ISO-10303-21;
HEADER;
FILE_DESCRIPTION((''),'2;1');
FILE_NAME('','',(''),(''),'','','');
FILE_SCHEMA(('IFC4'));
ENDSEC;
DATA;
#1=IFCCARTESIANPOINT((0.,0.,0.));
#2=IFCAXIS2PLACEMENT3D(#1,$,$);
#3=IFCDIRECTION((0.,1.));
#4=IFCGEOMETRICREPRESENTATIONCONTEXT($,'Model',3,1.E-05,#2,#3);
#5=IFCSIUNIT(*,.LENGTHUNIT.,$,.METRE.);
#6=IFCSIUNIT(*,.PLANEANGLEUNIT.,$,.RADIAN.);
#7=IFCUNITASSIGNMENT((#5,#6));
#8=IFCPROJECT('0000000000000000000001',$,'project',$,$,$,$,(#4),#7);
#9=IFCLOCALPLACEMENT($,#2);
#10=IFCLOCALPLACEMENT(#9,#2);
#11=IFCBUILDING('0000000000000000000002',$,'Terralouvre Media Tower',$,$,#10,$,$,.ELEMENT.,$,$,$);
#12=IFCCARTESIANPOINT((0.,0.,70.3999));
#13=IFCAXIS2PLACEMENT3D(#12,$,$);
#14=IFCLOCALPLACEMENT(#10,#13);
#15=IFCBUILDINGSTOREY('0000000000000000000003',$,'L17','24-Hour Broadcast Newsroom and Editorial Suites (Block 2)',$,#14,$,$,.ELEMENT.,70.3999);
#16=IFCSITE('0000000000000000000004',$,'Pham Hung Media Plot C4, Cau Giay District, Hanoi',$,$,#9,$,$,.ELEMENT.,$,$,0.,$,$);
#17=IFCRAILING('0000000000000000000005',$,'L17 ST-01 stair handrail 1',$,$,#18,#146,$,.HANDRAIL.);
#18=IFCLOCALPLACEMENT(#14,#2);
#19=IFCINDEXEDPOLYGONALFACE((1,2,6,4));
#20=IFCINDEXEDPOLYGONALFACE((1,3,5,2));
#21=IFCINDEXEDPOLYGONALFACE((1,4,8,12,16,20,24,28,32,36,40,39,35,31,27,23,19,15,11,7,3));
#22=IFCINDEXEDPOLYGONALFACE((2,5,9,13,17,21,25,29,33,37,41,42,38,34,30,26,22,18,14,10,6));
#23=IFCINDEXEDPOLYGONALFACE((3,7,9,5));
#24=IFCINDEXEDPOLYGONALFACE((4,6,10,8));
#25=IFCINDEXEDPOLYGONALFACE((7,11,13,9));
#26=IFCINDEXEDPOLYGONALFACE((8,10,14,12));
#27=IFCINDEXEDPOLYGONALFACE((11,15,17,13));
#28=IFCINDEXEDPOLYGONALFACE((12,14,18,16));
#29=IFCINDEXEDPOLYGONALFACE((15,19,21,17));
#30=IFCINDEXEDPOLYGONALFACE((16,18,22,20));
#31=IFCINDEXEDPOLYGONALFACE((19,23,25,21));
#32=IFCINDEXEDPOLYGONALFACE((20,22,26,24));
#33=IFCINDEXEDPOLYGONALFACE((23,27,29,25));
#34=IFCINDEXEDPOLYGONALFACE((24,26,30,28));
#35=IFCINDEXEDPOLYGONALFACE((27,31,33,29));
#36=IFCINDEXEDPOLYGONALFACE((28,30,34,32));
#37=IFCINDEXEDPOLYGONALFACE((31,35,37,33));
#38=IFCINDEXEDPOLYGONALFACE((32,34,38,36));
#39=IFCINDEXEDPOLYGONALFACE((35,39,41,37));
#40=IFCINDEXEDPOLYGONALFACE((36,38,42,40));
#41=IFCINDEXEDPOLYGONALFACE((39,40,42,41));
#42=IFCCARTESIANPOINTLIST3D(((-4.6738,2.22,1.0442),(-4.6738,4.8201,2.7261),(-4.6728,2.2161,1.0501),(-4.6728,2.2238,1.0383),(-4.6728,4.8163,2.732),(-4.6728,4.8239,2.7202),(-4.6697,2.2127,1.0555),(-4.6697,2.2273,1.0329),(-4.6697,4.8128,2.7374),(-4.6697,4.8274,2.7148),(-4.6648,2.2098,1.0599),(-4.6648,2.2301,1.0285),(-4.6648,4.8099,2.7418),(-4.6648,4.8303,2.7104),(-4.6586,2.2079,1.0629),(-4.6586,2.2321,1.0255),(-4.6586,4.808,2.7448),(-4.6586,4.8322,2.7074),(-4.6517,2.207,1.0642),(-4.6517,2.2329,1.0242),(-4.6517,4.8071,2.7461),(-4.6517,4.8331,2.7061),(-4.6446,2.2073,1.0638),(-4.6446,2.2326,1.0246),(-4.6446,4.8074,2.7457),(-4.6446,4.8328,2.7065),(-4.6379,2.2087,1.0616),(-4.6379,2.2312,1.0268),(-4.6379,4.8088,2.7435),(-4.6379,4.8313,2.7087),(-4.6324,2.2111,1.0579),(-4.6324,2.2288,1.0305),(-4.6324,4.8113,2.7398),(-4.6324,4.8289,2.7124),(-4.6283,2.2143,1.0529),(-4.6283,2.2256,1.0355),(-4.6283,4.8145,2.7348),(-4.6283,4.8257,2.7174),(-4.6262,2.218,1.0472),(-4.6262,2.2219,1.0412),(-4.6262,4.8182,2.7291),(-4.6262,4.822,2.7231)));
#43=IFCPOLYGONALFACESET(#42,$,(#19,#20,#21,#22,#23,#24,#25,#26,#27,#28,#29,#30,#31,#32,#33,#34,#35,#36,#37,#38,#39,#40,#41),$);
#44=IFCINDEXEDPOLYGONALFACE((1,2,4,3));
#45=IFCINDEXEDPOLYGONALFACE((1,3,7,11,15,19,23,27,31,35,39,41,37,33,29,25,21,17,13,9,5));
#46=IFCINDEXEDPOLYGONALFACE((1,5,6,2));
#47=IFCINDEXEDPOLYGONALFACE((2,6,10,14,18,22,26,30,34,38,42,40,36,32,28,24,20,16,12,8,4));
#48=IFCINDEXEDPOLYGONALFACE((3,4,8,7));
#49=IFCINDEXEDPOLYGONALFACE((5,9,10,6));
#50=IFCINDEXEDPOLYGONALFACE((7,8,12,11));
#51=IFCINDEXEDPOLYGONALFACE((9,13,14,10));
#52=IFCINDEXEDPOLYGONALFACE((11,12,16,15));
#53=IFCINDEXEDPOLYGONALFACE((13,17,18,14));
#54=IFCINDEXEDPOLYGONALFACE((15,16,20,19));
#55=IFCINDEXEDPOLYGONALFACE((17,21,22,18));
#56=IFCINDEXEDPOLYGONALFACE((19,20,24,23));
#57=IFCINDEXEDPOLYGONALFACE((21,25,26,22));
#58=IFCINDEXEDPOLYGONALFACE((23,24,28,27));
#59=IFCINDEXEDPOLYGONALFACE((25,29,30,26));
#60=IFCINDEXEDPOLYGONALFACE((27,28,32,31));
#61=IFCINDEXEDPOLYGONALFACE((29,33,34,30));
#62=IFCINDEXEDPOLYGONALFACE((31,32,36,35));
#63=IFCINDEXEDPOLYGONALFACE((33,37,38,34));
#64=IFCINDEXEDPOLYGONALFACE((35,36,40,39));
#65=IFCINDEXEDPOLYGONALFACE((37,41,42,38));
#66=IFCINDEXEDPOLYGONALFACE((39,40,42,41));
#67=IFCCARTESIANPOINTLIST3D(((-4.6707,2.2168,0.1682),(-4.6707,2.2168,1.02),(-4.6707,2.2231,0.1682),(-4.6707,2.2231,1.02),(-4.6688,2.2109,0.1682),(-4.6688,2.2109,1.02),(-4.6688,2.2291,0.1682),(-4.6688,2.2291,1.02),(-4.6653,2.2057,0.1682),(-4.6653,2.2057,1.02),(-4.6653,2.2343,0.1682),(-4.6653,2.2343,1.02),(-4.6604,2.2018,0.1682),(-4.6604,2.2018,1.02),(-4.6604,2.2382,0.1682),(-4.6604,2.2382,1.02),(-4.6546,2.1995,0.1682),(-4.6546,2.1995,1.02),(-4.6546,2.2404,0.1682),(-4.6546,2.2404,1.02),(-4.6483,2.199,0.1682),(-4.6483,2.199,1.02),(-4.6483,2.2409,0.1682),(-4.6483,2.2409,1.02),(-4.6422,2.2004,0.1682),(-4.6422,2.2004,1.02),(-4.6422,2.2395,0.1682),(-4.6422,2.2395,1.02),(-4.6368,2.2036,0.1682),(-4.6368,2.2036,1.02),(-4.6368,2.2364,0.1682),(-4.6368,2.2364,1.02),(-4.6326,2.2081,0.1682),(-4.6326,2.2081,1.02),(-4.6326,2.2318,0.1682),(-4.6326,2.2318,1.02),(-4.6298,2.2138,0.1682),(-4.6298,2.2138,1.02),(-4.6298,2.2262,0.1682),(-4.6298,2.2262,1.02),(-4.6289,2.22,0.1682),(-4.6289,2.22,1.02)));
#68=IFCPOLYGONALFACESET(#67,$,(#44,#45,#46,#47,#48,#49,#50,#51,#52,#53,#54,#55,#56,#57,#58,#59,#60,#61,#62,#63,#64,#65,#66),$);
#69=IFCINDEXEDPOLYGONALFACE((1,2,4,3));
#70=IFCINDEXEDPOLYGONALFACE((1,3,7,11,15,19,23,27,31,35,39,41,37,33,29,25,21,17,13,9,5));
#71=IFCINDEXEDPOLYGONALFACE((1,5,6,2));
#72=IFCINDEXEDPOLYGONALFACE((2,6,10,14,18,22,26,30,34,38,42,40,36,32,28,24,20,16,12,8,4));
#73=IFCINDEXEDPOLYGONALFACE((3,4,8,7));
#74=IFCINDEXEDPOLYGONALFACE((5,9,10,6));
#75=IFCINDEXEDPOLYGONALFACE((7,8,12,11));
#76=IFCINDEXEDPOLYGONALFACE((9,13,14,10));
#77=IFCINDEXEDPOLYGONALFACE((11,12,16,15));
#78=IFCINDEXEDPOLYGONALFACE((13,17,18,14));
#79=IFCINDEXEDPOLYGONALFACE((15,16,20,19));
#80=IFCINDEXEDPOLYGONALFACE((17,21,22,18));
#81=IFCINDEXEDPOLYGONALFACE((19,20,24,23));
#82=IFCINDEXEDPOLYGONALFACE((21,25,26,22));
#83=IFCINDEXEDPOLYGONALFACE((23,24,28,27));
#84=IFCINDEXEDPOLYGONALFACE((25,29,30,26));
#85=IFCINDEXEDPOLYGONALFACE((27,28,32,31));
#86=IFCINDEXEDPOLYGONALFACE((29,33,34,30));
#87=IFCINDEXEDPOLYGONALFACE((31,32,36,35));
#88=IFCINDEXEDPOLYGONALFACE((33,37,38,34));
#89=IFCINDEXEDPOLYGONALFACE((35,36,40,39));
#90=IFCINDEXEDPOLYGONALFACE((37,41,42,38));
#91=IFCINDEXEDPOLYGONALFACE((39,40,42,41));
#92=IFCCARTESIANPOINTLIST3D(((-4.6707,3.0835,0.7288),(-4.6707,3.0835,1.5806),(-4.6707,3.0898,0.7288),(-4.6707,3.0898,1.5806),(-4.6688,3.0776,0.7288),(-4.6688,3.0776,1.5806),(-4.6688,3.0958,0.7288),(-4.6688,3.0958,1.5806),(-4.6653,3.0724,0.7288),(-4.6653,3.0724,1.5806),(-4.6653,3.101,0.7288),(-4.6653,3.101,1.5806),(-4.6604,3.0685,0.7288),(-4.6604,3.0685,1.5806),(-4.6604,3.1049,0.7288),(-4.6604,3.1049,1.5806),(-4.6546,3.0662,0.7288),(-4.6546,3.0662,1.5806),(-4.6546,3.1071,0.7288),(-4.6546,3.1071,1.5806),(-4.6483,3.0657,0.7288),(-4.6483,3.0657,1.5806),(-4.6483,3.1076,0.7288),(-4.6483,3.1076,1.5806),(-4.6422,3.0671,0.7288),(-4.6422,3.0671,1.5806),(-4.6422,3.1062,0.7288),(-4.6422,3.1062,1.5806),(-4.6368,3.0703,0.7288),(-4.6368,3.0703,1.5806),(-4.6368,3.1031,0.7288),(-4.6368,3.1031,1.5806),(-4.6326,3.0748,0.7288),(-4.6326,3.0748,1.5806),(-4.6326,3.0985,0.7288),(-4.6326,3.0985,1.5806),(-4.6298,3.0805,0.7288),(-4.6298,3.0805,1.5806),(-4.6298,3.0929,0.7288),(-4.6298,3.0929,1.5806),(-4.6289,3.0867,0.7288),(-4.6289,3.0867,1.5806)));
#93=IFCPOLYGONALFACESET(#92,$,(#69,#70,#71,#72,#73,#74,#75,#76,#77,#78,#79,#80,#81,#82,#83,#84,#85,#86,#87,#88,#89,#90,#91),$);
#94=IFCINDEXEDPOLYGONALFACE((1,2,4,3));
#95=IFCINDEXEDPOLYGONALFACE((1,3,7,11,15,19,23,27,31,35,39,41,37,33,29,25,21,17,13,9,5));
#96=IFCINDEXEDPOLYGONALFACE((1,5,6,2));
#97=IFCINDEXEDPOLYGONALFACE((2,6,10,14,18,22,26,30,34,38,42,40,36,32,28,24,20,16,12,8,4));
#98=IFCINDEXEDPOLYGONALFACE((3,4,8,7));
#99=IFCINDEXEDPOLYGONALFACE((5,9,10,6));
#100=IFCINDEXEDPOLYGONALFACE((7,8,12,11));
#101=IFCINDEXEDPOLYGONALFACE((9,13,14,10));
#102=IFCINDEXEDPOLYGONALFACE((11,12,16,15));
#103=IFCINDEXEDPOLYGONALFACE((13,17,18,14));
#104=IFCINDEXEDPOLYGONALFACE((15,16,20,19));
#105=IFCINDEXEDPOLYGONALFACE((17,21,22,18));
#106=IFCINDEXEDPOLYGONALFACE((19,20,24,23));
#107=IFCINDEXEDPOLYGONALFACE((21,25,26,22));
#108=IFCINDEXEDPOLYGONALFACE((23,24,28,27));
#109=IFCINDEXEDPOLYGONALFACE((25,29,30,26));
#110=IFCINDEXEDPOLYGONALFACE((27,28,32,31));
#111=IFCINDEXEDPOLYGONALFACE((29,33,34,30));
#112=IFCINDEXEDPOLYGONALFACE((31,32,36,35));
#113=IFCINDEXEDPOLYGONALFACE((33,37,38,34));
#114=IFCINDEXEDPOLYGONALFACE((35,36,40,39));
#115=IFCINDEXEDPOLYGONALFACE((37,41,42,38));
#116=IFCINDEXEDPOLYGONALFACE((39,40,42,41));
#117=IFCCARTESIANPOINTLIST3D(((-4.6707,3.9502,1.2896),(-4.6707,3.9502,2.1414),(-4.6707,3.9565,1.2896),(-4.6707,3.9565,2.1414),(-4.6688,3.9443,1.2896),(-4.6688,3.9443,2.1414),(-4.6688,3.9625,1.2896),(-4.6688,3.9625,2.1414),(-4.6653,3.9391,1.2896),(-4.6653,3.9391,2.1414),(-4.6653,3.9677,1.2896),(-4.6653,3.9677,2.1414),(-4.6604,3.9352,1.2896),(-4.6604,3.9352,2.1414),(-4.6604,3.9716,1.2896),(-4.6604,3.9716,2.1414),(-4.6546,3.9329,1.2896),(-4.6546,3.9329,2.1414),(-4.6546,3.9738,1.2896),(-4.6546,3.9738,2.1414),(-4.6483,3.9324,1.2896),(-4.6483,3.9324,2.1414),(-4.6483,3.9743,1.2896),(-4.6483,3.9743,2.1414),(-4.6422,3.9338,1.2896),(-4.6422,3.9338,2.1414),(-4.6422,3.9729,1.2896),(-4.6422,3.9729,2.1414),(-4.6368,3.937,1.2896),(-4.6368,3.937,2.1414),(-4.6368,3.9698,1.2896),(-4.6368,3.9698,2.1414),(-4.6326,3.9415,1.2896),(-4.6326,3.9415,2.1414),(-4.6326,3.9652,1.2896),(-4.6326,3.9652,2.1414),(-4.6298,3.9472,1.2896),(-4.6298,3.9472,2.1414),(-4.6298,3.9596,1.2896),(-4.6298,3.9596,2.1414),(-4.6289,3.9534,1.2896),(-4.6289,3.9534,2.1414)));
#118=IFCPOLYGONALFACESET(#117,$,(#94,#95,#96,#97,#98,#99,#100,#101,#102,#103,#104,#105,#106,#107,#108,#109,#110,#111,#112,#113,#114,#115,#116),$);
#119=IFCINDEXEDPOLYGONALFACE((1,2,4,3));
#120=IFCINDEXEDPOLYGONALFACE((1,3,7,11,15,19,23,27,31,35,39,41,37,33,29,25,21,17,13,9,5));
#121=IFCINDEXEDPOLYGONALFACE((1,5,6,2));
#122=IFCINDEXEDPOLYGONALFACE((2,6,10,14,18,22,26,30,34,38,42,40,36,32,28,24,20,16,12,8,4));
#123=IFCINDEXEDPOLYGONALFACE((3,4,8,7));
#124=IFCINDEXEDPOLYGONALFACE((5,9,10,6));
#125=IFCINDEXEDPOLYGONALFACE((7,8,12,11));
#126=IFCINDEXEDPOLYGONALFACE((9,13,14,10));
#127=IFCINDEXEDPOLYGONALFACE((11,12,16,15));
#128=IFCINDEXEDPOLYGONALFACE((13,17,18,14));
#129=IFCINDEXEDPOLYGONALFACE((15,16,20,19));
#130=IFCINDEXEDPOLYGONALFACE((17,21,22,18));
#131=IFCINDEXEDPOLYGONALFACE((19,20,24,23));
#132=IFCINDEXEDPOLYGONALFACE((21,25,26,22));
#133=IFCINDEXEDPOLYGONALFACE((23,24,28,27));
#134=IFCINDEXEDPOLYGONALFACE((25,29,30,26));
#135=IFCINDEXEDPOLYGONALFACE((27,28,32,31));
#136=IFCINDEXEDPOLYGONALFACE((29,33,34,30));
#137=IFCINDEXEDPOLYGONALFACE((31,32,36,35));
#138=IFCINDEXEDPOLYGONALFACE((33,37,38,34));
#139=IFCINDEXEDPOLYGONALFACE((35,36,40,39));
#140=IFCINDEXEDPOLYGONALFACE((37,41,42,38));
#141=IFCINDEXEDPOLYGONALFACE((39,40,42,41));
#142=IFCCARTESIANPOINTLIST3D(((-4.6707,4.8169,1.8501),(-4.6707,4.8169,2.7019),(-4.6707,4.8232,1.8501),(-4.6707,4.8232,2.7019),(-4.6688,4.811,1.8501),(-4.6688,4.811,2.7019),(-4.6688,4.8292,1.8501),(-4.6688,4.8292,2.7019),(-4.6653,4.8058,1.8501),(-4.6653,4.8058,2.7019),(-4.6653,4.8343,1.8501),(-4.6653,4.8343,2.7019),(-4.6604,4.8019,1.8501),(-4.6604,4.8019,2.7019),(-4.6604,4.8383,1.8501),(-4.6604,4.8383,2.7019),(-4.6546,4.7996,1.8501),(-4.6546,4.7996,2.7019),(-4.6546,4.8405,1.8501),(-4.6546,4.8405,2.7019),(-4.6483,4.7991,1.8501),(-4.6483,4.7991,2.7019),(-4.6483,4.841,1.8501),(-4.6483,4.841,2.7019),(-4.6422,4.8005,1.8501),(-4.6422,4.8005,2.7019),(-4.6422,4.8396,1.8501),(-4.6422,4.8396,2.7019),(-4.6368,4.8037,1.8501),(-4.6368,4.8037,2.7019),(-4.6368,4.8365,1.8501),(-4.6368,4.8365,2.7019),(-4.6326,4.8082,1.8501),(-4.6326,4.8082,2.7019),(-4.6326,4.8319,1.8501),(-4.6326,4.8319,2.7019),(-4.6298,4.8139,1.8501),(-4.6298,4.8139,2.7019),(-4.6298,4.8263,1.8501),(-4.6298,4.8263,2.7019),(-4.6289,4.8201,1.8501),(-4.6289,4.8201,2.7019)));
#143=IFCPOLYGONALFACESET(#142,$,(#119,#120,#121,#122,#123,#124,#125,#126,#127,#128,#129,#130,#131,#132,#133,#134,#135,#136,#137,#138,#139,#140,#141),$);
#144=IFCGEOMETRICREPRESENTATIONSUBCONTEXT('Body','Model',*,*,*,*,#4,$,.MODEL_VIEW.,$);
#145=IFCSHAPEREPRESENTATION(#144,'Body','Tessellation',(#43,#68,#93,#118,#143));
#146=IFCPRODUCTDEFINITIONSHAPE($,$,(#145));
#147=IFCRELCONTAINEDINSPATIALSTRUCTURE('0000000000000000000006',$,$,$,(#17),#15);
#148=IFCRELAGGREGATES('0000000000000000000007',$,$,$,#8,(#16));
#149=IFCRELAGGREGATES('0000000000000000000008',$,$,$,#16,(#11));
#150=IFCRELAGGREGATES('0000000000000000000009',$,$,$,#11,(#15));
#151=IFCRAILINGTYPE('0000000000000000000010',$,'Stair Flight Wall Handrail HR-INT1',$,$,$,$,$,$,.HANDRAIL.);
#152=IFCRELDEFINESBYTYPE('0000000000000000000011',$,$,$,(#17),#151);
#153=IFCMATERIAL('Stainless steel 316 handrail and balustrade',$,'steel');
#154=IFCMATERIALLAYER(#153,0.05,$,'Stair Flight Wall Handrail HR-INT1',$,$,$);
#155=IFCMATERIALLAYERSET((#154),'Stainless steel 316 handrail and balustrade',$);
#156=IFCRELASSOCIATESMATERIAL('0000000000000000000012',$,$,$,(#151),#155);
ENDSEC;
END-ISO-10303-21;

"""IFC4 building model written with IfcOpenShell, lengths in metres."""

from ifc_helpers import new_model, si_unit, direction, frame, origin, origin_2d, place, context, subcontext, project, spatial, circle, extrude, material, layer, layer_set, type_object, element, save


model = new_model("IFC4")

# Units and contexts
model_context = context("Model", 3, precision=1e-05, world=origin(), true_north=direction((0.0, 1.0)))
body_context = subcontext(model_context, "Body", "Model", "MODEL_VIEW")
ifc_project = project(units=[si_unit("LENGTHUNIT", "METRE"), si_unit("PLANEANGLEUNIT", "RADIAN")], contexts=[model_context])

# Site, building, storey
site_placement = place(None, origin())
site = spatial("IfcSite", under=ifc_project, at=site_placement, Name="Pham Hung Media Plot C4, Cau Giay District, Hanoi", CompositionType="ELEMENT", RefElevation=0.0)
building_placement = place(site_placement, origin())
building = spatial("IfcBuilding", under=site, at=building_placement, Name="Terralouvre Media Tower", CompositionType="ELEMENT")
storey_placement = place(building_placement, frame((0.0, 0.0, 70.3999)))
storey = spatial("IfcBuildingStorey", under=building, at=storey_placement, Name="L17", Description="24-Hour Broadcast Newsroom and Editorial Suites (Block 2)", CompositionType="ELEMENT", Elevation=70.3999)

# Railing
ifc_material_1 = material(Name="Stainless steel 316 handrail and balustrade", Category="steel")
ifc_layer_1 = layer(ifc_material_1, 0.05, Name="Stair Flight Wall Handrail HR-INT1")
ifc_layer_set_1 = layer_set([ifc_layer_1], Name="Stainless steel 316 handrail and balustrade")
railing_type_1 = type_object("IfcRailingType", Name="Stair Flight Wall Handrail HR-INT1", PredefinedType="HANDRAIL", material=ifc_layer_set_1)
railing_1_placement = place(storey_placement, frame((-4.6499, 2.22, 0.1682)))
element("IfcRailing", 1, at=railing_1_placement, inside=storey, type_object=railing_type_1, Name="L17 ST-01 stair handrail 1", PredefinedType="HANDRAIL", context=body_context, shape_type="SweptSolid", body=[
    extrude(circle(Radius=0.0239, at=origin_2d()), frame((0.0, 0.0, 0.876), z_axis=(0.0, 0.839648, 0.54313), x_axis=(-1.0, 0.0, 0.0)), (0.0, 0.0, 1.0), 3.0967),
    extrude(circle(Radius=0.021, at=origin_2d()), origin(), (0.0, 0.0, 1.0), 0.8518),
    extrude(circle(Radius=0.021, at=origin_2d()), frame((0.0, 0.8667, 0.5605)), (0.0, 0.0, 1.0), 0.8518),
    extrude(circle(Radius=0.021, at=origin_2d()), frame((0.0, 1.7334, 1.1213)), (0.0, 0.0, 1.0), 0.8518),
    extrude(circle(Radius=0.021, at=origin_2d()), frame((0.0, 2.6001, 1.6819)), (0.0, 0.0, 1.0), 0.8518),
])

save(model, "model.ifc")
